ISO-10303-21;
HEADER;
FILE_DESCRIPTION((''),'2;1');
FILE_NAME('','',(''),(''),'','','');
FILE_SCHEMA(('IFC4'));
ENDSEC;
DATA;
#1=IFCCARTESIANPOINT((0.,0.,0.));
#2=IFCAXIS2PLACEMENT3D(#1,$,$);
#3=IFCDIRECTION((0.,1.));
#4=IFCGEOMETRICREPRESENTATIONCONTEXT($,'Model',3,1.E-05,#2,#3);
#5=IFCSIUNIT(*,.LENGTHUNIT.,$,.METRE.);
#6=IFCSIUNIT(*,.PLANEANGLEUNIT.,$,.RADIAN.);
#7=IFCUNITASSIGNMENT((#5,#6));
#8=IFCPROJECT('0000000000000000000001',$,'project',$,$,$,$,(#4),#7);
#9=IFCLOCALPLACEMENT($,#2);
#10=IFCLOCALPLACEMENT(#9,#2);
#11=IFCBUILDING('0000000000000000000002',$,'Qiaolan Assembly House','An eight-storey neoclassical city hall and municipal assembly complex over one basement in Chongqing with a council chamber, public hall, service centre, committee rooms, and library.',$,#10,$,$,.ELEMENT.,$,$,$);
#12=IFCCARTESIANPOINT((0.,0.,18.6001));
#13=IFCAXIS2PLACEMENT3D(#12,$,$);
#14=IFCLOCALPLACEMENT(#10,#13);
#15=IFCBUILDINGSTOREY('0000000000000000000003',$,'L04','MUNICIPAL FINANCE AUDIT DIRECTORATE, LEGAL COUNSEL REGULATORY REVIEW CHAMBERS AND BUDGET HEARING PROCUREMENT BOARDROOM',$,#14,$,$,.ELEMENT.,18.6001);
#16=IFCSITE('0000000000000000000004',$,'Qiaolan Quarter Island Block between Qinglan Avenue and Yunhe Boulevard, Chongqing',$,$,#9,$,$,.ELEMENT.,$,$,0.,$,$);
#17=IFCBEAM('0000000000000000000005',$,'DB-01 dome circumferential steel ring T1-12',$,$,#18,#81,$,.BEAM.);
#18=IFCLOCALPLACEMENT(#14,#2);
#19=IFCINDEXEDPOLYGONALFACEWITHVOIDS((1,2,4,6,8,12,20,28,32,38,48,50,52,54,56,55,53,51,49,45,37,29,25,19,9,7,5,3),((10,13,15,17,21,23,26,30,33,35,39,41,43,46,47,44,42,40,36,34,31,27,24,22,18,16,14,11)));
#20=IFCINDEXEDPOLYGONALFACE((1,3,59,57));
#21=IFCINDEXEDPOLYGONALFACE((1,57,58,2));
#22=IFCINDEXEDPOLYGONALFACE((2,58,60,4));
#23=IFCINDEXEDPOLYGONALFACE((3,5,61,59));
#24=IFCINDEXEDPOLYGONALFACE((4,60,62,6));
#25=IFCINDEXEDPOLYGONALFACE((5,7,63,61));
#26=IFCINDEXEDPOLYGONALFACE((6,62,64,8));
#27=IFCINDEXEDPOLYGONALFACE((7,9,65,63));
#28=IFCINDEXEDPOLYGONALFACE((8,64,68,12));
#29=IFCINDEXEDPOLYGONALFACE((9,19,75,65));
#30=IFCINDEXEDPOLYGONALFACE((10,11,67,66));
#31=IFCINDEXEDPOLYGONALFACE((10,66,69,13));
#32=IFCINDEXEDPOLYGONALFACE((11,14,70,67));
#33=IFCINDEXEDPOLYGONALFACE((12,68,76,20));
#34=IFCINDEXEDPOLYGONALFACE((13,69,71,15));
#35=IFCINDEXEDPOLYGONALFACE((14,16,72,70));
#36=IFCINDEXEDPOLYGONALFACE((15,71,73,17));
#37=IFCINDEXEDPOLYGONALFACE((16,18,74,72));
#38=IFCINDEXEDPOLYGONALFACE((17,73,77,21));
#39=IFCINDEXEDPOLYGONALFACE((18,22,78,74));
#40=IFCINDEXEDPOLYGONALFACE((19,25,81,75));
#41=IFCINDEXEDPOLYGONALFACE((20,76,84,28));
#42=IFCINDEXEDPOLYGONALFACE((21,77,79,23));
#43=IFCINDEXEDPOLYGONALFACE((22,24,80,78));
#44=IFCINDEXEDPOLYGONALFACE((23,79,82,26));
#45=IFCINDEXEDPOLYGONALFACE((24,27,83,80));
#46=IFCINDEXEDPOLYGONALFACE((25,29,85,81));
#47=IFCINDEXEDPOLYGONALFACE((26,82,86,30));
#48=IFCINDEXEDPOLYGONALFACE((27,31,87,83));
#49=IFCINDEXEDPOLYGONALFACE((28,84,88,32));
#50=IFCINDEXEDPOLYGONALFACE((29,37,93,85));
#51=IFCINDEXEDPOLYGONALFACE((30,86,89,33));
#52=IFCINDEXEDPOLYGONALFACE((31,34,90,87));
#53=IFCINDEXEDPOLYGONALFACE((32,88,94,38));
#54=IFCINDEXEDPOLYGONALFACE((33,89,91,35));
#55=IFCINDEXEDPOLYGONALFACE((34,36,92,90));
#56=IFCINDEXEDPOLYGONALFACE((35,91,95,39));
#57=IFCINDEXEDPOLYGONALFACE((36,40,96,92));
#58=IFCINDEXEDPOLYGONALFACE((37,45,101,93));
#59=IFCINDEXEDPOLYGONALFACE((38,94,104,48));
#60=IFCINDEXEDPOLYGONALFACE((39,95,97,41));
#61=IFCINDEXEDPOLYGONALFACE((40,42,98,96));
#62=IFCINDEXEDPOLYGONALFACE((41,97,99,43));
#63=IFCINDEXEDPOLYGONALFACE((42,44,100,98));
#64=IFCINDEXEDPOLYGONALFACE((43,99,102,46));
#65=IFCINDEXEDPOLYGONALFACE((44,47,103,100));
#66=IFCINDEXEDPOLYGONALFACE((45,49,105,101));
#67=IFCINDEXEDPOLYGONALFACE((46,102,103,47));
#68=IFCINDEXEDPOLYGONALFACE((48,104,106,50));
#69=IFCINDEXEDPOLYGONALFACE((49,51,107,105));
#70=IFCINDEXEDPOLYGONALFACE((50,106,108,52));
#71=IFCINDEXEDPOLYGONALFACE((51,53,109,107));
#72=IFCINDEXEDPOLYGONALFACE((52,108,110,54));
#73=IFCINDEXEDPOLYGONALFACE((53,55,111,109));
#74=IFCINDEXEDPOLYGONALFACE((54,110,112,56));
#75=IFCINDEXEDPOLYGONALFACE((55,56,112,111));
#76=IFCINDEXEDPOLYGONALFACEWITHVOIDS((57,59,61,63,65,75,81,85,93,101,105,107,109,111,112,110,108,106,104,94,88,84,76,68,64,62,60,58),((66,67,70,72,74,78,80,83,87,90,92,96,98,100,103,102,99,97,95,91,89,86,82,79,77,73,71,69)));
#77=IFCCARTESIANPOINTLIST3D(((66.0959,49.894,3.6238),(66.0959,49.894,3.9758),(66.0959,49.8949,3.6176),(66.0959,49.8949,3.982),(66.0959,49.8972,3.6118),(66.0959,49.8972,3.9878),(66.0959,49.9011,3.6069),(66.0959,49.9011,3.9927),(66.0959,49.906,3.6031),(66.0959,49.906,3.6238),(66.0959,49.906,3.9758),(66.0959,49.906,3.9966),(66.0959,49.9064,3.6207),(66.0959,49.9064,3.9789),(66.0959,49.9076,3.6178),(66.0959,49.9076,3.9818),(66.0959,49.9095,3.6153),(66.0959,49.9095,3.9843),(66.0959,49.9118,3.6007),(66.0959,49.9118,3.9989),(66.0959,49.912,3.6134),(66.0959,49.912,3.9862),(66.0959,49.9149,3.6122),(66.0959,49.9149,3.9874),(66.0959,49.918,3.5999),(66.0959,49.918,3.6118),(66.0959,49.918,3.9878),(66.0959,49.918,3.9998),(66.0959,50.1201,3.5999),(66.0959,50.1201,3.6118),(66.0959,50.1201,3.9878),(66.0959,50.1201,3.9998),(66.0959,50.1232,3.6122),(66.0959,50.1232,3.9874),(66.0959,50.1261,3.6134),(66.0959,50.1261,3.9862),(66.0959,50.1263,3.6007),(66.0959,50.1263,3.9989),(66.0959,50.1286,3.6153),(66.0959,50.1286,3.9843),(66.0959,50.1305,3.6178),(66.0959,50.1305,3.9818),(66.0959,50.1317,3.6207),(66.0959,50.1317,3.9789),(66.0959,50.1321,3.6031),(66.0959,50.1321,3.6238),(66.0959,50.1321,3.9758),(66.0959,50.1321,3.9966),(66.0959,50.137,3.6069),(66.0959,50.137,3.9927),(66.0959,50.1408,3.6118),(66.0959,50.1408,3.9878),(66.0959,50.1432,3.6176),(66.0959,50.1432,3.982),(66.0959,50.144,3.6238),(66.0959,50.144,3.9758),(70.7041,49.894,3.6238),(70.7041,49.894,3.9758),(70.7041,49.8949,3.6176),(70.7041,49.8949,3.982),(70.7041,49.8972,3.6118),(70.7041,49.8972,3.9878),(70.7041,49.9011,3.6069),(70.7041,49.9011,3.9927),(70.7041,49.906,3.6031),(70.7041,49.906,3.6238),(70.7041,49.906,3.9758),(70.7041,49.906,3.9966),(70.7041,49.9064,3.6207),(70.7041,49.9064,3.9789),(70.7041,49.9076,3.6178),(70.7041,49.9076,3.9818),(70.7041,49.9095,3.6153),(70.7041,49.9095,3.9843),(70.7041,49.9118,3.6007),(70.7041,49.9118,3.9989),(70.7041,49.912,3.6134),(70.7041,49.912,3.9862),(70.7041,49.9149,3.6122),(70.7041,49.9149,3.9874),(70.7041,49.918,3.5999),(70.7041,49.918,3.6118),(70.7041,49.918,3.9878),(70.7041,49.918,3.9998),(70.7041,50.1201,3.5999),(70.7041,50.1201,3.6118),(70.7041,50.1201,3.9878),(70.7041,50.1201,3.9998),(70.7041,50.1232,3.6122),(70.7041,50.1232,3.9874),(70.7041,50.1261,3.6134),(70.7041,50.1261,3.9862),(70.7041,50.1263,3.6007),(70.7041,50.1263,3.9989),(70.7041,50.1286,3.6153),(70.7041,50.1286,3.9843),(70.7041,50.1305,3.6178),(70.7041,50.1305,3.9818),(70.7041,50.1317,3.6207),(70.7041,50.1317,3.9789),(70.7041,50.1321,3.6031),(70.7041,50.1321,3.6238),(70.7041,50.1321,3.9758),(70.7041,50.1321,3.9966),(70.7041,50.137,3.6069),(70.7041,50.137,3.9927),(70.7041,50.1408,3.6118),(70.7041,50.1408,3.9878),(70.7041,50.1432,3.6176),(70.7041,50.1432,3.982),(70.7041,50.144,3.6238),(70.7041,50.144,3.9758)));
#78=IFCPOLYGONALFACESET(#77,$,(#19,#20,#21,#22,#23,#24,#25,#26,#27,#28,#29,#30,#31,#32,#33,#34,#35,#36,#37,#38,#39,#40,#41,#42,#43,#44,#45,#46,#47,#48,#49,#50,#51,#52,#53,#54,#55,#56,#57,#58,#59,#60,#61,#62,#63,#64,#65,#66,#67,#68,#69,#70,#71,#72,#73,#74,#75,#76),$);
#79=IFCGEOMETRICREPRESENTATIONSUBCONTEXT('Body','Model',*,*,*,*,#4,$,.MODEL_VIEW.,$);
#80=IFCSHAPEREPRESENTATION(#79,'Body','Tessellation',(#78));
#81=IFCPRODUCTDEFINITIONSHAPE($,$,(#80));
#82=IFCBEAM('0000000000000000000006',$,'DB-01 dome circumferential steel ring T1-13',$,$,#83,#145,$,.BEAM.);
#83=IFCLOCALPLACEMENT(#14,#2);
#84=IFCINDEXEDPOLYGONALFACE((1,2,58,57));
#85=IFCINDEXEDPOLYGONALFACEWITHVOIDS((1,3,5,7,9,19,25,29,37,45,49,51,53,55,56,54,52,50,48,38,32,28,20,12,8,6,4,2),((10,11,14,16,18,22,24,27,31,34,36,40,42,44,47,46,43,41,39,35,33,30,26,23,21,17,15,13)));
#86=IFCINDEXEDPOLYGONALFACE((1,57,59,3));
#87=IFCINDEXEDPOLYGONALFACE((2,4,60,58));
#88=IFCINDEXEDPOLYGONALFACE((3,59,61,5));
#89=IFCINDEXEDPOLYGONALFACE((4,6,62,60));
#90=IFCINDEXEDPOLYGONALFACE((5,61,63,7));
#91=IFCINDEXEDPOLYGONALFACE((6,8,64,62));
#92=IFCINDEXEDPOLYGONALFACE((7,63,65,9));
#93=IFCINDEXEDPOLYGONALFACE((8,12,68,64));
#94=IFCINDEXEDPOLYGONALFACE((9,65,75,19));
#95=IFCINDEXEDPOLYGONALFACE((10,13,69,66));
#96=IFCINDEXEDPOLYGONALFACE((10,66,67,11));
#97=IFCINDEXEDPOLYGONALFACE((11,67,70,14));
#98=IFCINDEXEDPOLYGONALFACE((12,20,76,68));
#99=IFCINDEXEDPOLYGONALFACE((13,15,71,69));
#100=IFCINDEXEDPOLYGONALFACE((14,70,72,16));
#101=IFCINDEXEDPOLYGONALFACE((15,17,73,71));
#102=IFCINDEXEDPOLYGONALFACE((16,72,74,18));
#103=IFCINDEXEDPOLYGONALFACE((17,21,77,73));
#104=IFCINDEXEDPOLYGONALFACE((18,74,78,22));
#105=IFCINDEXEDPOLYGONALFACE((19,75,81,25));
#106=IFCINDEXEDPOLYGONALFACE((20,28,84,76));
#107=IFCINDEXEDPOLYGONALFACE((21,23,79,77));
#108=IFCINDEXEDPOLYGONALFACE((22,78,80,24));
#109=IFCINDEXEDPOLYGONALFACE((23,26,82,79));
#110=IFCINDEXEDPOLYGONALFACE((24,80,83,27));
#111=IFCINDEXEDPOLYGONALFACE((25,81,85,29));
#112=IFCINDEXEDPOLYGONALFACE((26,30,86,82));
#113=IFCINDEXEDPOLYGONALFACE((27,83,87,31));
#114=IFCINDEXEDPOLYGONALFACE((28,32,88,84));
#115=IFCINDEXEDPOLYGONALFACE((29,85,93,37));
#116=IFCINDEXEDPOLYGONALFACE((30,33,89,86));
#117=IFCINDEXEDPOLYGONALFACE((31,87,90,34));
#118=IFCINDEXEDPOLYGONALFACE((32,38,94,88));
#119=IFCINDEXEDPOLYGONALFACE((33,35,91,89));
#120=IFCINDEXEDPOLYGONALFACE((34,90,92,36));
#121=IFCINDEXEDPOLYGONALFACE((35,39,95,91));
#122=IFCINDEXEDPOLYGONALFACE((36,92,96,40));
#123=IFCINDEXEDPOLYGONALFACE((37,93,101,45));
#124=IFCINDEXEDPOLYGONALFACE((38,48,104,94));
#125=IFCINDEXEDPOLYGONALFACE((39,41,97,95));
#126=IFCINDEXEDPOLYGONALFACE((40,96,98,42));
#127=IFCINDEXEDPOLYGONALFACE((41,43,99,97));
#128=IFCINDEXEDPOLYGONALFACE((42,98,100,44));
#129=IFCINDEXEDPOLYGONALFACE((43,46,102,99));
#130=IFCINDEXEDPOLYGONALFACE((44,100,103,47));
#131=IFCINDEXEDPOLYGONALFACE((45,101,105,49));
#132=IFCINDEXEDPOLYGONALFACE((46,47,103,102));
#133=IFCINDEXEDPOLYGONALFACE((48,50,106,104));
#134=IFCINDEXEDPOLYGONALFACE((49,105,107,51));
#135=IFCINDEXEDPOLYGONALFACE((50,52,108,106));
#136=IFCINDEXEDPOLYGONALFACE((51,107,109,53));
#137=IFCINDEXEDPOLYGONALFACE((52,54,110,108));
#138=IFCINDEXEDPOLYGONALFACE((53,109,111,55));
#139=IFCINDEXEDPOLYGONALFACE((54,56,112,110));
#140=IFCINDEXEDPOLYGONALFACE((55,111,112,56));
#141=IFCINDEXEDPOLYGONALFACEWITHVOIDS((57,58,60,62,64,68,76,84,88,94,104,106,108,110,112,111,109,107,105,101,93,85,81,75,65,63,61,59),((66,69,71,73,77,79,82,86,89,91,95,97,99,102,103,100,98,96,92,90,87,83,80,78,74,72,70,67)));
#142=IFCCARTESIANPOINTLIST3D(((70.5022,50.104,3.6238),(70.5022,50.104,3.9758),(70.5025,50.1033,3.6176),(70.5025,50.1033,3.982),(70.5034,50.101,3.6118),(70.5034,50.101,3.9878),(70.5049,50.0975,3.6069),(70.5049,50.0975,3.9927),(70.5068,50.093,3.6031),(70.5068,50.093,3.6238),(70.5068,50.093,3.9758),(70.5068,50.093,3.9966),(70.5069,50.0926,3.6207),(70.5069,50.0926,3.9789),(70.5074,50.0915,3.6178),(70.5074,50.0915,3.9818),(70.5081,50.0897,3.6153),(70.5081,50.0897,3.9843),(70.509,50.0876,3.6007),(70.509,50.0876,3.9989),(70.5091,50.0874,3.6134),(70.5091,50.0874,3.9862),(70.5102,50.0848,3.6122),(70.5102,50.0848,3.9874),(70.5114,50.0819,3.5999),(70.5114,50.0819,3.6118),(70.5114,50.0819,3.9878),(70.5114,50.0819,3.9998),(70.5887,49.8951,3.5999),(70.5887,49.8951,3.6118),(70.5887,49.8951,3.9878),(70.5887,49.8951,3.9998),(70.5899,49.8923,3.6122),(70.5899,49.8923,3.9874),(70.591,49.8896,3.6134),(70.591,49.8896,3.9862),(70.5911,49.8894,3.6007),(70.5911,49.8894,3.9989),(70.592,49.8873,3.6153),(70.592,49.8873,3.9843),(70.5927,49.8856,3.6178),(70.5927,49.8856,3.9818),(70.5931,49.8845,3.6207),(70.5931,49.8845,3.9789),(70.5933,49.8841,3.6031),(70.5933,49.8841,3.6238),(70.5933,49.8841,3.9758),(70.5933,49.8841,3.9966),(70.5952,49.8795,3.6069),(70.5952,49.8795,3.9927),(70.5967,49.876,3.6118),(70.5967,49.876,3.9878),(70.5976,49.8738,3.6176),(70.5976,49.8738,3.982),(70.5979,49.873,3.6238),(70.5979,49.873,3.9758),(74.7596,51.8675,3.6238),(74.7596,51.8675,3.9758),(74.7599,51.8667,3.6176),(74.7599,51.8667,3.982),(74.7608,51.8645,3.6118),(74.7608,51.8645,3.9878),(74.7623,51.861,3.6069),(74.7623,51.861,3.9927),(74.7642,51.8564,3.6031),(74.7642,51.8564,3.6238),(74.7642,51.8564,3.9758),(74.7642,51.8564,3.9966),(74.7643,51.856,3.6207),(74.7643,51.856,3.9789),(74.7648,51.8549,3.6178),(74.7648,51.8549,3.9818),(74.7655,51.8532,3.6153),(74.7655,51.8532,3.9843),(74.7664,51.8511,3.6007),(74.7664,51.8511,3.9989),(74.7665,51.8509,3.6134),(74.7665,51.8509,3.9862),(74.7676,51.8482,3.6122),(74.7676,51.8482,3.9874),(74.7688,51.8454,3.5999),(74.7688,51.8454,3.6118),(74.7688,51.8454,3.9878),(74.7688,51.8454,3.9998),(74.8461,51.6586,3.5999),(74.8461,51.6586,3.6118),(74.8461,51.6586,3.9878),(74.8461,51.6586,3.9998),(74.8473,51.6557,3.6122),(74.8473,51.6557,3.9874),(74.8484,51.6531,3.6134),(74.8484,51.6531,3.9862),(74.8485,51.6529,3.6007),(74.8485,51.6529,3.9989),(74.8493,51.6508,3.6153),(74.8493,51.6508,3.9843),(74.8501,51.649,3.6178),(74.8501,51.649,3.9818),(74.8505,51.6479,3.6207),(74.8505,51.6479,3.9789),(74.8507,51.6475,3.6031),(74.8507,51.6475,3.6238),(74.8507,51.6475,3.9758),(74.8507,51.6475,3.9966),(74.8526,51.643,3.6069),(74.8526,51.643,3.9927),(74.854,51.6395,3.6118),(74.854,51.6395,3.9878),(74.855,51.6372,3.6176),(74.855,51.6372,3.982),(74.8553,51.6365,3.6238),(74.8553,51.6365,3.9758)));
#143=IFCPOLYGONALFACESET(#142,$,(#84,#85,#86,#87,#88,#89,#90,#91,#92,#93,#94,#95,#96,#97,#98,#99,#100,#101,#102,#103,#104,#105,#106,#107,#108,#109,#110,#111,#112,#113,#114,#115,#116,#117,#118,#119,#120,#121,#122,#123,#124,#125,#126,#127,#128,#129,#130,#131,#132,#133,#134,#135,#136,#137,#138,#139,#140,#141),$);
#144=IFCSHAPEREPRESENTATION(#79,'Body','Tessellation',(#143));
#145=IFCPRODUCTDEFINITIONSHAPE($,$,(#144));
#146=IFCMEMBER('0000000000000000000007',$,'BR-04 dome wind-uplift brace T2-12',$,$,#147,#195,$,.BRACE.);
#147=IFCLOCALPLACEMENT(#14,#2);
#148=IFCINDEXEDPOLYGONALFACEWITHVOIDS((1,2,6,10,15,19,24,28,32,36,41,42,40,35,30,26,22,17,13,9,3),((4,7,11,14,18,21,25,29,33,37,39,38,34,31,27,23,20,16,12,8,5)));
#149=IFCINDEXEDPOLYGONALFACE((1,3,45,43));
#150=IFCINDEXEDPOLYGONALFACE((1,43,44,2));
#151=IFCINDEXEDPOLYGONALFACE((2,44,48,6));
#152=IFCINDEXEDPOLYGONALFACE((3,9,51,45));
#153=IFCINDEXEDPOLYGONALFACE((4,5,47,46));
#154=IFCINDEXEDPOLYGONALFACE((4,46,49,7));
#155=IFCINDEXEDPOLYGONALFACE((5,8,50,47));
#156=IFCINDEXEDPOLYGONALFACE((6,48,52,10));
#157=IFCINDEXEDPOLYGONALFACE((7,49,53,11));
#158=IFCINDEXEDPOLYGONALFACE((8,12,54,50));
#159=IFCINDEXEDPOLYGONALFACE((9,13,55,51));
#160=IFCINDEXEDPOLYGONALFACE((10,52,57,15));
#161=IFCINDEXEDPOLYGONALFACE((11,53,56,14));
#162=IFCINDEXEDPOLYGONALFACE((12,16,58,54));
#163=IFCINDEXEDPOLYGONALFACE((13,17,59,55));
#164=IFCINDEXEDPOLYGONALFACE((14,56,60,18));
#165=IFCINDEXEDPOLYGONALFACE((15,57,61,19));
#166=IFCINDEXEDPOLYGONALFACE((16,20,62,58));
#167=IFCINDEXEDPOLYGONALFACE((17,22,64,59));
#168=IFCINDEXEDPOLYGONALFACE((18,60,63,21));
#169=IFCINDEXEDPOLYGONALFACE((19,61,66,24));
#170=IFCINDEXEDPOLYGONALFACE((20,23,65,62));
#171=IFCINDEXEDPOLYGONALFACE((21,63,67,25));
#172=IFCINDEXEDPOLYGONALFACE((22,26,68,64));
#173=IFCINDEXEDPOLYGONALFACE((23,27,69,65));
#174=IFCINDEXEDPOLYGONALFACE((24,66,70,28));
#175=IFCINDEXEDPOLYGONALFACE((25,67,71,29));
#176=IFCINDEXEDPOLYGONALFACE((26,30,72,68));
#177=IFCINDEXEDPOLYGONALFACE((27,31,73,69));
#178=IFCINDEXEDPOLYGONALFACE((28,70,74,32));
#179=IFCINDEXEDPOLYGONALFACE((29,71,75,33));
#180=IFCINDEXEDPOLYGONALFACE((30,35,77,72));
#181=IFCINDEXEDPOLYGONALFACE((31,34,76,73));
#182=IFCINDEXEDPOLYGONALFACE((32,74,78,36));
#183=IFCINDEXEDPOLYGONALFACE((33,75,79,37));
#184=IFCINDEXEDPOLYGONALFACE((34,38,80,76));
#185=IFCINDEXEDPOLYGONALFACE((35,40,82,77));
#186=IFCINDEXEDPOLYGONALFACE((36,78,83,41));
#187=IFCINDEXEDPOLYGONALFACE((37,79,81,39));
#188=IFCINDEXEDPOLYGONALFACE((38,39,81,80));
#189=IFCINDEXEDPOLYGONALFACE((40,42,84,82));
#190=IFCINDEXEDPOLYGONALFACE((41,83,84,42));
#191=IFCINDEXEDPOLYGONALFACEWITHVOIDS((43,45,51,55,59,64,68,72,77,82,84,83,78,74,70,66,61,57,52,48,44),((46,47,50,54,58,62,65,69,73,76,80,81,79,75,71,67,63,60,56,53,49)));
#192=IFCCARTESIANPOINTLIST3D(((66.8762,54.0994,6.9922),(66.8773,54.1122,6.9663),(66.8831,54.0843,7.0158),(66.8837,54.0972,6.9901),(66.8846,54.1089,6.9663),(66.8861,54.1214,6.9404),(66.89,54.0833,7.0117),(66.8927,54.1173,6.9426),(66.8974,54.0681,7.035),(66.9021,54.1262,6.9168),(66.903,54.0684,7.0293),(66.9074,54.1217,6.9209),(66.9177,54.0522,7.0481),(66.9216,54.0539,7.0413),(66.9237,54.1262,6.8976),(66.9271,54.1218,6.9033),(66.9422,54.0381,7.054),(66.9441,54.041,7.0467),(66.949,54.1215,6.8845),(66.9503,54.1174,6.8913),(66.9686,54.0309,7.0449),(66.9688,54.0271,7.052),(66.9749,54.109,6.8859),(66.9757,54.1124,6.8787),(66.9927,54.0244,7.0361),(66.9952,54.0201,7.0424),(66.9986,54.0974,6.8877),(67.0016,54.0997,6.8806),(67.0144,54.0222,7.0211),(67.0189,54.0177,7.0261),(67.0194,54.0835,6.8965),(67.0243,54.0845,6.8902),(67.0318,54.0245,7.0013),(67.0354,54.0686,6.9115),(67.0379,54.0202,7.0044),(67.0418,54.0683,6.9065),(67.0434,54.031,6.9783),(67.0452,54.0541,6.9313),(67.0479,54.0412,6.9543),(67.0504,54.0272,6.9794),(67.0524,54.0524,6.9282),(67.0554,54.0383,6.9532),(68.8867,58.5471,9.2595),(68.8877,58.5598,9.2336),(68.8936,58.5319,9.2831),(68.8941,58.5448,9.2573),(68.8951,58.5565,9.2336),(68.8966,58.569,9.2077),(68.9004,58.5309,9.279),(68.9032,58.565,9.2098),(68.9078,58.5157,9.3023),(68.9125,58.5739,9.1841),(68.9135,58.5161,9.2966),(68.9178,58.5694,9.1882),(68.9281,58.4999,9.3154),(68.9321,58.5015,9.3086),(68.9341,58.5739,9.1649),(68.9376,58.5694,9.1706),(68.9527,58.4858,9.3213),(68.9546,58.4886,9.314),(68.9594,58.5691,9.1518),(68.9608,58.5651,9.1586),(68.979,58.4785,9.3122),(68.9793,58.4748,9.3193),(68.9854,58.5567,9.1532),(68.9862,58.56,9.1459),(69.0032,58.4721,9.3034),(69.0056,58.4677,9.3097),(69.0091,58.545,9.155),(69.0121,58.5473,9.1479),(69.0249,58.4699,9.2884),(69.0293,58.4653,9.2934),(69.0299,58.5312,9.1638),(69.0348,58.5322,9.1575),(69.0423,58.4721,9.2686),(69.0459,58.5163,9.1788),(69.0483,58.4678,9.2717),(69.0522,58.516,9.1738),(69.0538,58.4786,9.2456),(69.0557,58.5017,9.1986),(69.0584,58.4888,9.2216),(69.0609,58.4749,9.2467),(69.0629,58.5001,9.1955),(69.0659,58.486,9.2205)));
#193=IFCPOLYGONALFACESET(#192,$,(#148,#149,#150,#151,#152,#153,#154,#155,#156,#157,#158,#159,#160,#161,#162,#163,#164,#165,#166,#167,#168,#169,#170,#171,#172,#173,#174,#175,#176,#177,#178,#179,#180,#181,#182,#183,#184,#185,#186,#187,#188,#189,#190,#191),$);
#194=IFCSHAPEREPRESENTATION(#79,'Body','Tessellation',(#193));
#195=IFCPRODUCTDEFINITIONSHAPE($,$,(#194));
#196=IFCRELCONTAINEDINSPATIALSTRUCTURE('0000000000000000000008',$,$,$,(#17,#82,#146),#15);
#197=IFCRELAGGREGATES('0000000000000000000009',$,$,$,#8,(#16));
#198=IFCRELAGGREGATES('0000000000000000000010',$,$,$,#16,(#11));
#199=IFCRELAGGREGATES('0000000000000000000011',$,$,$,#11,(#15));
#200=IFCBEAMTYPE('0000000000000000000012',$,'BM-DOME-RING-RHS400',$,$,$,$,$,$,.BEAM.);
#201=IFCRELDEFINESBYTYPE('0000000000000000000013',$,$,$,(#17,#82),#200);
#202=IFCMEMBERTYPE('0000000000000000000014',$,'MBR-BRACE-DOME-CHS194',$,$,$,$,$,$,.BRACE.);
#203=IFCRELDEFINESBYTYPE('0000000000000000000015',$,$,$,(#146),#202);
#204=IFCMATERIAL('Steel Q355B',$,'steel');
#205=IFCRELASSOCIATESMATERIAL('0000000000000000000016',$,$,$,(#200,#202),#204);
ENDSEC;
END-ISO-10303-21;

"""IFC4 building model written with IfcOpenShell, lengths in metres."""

from ifc_helpers import new_model, si_unit, direction, frame, origin, origin_2d, place, context, subcontext, project, spatial, hollow_rectangle, hollow_circle, extrude, material, material_profile, profile_set, type_object, element, save


model = new_model("IFC4")

# Units and contexts
model_context = context("Model", 3, precision=1e-05, world=origin(), true_north=direction((0.0, 1.0)))
body_context = subcontext(model_context, "Body", "Model", "MODEL_VIEW")
ifc_project = project(units=[si_unit("LENGTHUNIT", "METRE"), si_unit("PLANEANGLEUNIT", "RADIAN")], contexts=[model_context])

# Site, building, storey
site_placement = place(None, origin())
site = spatial("IfcSite", under=ifc_project, at=site_placement, Name="Qiaolan Quarter Island Block between Qinglan Avenue and Yunhe Boulevard, Chongqing", CompositionType="ELEMENT", RefElevation=0.0)
building_placement = place(site_placement, origin())
building = spatial("IfcBuilding", under=site, at=building_placement, Name="Qiaolan Assembly House", Description="An eight-storey neoclassical city hall and municipal assembly complex over one basement in Chongqing with a council chamber, public hall, service centre, committee rooms, and library.", CompositionType="ELEMENT")
storey_placement = place(building_placement, frame((0.0, 0.0, 18.6001)))
storey = spatial("IfcBuildingStorey", under=building, at=storey_placement, Name="L04", Description="MUNICIPAL FINANCE AUDIT DIRECTORATE, LEGAL COUNSEL REGULATORY REVIEW CHAMBERS AND BUDGET HEARING PROCUREMENT BOARDROOM", CompositionType="ELEMENT", Elevation=18.6001)

# Beams
ifc_material_1 = material(Name="Steel Q355B", Category="steel")
ifc_material_profile_1 = material_profile(ifc_material_1, hollow_rectangle(XDim=0.25, YDim=0.3999, WallThickness=0.012, InnerFilletRadius=0.012, OuterFilletRadius=0.0239, at=origin_2d()), Name="RHS 400x250x12")
ifc_profile_set_1 = profile_set([ifc_material_profile_1], Name="Steel Q355B")
beam_type_1 = type_object("IfcBeamType", Name="BM-DOME-RING-RHS400", PredefinedType="BEAM", material=ifc_profile_set_1)
for number, where, z_axis, x_axis, name in (
    (1, (66.0959, 50.019, 3.7998), (1.0, 0.0, 0.0), (0.0, 1.0, 0.0), "DB-01 dome circumferential steel ring T1-12"),
    (2, (70.55, 49.9885, 3.7998), (0.923881, 0.382681, 0.0), (-0.382681, 0.923881, 0.0), "DB-01 dome circumferential steel ring T1-13"),
):
    element("IfcBeam", number, at=place(storey_placement, frame(where, z_axis=z_axis, x_axis=x_axis)), inside=storey, type_object=beam_type_1, Name=name, PredefinedType="BEAM", context=body_context, shape_type="SweptSolid", body=[
        extrude(hollow_rectangle(XDim=0.25, YDim=0.3999, WallThickness=0.012, InnerFilletRadius=0.012, OuterFilletRadius=0.0239, at=origin_2d()), origin(), (0.0, 0.0, 1.0), 4.6082),
    ])

# Member
ifc_material_profile_2 = material_profile(ifc_material_1, hollow_circle(Radius=0.0969, WallThickness=0.0081, at=origin_2d()), Name="CHS 194x8")
ifc_profile_set_2 = profile_set([ifc_material_profile_2], Name="Steel Q355B")
member_type_1 = type_object("IfcMemberType", Name="MBR-BRACE-DOME-CHS194", PredefinedType="BRACE", material=ifc_profile_set_2)
for number, where, z_axis, x_axis, name in (
    (3, (66.9656, 54.0723, 6.9663), (0.373563, 0.82642, 0.421285), (-0.91123, 0.411899, 0.0), "BR-04 dome wind-uplift brace T2-12"),
):
    element("IfcMember", number, at=place(storey_placement, frame(where, z_axis=z_axis, x_axis=x_axis)), inside=storey, type_object=member_type_1, Name=name, PredefinedType="BRACE", context=body_context, shape_type="SweptSolid", body=[
        extrude(hollow_circle(Radius=0.0969, WallThickness=0.0081, at=origin_2d()), origin(), (0.0, 0.0, 1.0), 5.3818),
    ])

save(model, "model.ifc")
